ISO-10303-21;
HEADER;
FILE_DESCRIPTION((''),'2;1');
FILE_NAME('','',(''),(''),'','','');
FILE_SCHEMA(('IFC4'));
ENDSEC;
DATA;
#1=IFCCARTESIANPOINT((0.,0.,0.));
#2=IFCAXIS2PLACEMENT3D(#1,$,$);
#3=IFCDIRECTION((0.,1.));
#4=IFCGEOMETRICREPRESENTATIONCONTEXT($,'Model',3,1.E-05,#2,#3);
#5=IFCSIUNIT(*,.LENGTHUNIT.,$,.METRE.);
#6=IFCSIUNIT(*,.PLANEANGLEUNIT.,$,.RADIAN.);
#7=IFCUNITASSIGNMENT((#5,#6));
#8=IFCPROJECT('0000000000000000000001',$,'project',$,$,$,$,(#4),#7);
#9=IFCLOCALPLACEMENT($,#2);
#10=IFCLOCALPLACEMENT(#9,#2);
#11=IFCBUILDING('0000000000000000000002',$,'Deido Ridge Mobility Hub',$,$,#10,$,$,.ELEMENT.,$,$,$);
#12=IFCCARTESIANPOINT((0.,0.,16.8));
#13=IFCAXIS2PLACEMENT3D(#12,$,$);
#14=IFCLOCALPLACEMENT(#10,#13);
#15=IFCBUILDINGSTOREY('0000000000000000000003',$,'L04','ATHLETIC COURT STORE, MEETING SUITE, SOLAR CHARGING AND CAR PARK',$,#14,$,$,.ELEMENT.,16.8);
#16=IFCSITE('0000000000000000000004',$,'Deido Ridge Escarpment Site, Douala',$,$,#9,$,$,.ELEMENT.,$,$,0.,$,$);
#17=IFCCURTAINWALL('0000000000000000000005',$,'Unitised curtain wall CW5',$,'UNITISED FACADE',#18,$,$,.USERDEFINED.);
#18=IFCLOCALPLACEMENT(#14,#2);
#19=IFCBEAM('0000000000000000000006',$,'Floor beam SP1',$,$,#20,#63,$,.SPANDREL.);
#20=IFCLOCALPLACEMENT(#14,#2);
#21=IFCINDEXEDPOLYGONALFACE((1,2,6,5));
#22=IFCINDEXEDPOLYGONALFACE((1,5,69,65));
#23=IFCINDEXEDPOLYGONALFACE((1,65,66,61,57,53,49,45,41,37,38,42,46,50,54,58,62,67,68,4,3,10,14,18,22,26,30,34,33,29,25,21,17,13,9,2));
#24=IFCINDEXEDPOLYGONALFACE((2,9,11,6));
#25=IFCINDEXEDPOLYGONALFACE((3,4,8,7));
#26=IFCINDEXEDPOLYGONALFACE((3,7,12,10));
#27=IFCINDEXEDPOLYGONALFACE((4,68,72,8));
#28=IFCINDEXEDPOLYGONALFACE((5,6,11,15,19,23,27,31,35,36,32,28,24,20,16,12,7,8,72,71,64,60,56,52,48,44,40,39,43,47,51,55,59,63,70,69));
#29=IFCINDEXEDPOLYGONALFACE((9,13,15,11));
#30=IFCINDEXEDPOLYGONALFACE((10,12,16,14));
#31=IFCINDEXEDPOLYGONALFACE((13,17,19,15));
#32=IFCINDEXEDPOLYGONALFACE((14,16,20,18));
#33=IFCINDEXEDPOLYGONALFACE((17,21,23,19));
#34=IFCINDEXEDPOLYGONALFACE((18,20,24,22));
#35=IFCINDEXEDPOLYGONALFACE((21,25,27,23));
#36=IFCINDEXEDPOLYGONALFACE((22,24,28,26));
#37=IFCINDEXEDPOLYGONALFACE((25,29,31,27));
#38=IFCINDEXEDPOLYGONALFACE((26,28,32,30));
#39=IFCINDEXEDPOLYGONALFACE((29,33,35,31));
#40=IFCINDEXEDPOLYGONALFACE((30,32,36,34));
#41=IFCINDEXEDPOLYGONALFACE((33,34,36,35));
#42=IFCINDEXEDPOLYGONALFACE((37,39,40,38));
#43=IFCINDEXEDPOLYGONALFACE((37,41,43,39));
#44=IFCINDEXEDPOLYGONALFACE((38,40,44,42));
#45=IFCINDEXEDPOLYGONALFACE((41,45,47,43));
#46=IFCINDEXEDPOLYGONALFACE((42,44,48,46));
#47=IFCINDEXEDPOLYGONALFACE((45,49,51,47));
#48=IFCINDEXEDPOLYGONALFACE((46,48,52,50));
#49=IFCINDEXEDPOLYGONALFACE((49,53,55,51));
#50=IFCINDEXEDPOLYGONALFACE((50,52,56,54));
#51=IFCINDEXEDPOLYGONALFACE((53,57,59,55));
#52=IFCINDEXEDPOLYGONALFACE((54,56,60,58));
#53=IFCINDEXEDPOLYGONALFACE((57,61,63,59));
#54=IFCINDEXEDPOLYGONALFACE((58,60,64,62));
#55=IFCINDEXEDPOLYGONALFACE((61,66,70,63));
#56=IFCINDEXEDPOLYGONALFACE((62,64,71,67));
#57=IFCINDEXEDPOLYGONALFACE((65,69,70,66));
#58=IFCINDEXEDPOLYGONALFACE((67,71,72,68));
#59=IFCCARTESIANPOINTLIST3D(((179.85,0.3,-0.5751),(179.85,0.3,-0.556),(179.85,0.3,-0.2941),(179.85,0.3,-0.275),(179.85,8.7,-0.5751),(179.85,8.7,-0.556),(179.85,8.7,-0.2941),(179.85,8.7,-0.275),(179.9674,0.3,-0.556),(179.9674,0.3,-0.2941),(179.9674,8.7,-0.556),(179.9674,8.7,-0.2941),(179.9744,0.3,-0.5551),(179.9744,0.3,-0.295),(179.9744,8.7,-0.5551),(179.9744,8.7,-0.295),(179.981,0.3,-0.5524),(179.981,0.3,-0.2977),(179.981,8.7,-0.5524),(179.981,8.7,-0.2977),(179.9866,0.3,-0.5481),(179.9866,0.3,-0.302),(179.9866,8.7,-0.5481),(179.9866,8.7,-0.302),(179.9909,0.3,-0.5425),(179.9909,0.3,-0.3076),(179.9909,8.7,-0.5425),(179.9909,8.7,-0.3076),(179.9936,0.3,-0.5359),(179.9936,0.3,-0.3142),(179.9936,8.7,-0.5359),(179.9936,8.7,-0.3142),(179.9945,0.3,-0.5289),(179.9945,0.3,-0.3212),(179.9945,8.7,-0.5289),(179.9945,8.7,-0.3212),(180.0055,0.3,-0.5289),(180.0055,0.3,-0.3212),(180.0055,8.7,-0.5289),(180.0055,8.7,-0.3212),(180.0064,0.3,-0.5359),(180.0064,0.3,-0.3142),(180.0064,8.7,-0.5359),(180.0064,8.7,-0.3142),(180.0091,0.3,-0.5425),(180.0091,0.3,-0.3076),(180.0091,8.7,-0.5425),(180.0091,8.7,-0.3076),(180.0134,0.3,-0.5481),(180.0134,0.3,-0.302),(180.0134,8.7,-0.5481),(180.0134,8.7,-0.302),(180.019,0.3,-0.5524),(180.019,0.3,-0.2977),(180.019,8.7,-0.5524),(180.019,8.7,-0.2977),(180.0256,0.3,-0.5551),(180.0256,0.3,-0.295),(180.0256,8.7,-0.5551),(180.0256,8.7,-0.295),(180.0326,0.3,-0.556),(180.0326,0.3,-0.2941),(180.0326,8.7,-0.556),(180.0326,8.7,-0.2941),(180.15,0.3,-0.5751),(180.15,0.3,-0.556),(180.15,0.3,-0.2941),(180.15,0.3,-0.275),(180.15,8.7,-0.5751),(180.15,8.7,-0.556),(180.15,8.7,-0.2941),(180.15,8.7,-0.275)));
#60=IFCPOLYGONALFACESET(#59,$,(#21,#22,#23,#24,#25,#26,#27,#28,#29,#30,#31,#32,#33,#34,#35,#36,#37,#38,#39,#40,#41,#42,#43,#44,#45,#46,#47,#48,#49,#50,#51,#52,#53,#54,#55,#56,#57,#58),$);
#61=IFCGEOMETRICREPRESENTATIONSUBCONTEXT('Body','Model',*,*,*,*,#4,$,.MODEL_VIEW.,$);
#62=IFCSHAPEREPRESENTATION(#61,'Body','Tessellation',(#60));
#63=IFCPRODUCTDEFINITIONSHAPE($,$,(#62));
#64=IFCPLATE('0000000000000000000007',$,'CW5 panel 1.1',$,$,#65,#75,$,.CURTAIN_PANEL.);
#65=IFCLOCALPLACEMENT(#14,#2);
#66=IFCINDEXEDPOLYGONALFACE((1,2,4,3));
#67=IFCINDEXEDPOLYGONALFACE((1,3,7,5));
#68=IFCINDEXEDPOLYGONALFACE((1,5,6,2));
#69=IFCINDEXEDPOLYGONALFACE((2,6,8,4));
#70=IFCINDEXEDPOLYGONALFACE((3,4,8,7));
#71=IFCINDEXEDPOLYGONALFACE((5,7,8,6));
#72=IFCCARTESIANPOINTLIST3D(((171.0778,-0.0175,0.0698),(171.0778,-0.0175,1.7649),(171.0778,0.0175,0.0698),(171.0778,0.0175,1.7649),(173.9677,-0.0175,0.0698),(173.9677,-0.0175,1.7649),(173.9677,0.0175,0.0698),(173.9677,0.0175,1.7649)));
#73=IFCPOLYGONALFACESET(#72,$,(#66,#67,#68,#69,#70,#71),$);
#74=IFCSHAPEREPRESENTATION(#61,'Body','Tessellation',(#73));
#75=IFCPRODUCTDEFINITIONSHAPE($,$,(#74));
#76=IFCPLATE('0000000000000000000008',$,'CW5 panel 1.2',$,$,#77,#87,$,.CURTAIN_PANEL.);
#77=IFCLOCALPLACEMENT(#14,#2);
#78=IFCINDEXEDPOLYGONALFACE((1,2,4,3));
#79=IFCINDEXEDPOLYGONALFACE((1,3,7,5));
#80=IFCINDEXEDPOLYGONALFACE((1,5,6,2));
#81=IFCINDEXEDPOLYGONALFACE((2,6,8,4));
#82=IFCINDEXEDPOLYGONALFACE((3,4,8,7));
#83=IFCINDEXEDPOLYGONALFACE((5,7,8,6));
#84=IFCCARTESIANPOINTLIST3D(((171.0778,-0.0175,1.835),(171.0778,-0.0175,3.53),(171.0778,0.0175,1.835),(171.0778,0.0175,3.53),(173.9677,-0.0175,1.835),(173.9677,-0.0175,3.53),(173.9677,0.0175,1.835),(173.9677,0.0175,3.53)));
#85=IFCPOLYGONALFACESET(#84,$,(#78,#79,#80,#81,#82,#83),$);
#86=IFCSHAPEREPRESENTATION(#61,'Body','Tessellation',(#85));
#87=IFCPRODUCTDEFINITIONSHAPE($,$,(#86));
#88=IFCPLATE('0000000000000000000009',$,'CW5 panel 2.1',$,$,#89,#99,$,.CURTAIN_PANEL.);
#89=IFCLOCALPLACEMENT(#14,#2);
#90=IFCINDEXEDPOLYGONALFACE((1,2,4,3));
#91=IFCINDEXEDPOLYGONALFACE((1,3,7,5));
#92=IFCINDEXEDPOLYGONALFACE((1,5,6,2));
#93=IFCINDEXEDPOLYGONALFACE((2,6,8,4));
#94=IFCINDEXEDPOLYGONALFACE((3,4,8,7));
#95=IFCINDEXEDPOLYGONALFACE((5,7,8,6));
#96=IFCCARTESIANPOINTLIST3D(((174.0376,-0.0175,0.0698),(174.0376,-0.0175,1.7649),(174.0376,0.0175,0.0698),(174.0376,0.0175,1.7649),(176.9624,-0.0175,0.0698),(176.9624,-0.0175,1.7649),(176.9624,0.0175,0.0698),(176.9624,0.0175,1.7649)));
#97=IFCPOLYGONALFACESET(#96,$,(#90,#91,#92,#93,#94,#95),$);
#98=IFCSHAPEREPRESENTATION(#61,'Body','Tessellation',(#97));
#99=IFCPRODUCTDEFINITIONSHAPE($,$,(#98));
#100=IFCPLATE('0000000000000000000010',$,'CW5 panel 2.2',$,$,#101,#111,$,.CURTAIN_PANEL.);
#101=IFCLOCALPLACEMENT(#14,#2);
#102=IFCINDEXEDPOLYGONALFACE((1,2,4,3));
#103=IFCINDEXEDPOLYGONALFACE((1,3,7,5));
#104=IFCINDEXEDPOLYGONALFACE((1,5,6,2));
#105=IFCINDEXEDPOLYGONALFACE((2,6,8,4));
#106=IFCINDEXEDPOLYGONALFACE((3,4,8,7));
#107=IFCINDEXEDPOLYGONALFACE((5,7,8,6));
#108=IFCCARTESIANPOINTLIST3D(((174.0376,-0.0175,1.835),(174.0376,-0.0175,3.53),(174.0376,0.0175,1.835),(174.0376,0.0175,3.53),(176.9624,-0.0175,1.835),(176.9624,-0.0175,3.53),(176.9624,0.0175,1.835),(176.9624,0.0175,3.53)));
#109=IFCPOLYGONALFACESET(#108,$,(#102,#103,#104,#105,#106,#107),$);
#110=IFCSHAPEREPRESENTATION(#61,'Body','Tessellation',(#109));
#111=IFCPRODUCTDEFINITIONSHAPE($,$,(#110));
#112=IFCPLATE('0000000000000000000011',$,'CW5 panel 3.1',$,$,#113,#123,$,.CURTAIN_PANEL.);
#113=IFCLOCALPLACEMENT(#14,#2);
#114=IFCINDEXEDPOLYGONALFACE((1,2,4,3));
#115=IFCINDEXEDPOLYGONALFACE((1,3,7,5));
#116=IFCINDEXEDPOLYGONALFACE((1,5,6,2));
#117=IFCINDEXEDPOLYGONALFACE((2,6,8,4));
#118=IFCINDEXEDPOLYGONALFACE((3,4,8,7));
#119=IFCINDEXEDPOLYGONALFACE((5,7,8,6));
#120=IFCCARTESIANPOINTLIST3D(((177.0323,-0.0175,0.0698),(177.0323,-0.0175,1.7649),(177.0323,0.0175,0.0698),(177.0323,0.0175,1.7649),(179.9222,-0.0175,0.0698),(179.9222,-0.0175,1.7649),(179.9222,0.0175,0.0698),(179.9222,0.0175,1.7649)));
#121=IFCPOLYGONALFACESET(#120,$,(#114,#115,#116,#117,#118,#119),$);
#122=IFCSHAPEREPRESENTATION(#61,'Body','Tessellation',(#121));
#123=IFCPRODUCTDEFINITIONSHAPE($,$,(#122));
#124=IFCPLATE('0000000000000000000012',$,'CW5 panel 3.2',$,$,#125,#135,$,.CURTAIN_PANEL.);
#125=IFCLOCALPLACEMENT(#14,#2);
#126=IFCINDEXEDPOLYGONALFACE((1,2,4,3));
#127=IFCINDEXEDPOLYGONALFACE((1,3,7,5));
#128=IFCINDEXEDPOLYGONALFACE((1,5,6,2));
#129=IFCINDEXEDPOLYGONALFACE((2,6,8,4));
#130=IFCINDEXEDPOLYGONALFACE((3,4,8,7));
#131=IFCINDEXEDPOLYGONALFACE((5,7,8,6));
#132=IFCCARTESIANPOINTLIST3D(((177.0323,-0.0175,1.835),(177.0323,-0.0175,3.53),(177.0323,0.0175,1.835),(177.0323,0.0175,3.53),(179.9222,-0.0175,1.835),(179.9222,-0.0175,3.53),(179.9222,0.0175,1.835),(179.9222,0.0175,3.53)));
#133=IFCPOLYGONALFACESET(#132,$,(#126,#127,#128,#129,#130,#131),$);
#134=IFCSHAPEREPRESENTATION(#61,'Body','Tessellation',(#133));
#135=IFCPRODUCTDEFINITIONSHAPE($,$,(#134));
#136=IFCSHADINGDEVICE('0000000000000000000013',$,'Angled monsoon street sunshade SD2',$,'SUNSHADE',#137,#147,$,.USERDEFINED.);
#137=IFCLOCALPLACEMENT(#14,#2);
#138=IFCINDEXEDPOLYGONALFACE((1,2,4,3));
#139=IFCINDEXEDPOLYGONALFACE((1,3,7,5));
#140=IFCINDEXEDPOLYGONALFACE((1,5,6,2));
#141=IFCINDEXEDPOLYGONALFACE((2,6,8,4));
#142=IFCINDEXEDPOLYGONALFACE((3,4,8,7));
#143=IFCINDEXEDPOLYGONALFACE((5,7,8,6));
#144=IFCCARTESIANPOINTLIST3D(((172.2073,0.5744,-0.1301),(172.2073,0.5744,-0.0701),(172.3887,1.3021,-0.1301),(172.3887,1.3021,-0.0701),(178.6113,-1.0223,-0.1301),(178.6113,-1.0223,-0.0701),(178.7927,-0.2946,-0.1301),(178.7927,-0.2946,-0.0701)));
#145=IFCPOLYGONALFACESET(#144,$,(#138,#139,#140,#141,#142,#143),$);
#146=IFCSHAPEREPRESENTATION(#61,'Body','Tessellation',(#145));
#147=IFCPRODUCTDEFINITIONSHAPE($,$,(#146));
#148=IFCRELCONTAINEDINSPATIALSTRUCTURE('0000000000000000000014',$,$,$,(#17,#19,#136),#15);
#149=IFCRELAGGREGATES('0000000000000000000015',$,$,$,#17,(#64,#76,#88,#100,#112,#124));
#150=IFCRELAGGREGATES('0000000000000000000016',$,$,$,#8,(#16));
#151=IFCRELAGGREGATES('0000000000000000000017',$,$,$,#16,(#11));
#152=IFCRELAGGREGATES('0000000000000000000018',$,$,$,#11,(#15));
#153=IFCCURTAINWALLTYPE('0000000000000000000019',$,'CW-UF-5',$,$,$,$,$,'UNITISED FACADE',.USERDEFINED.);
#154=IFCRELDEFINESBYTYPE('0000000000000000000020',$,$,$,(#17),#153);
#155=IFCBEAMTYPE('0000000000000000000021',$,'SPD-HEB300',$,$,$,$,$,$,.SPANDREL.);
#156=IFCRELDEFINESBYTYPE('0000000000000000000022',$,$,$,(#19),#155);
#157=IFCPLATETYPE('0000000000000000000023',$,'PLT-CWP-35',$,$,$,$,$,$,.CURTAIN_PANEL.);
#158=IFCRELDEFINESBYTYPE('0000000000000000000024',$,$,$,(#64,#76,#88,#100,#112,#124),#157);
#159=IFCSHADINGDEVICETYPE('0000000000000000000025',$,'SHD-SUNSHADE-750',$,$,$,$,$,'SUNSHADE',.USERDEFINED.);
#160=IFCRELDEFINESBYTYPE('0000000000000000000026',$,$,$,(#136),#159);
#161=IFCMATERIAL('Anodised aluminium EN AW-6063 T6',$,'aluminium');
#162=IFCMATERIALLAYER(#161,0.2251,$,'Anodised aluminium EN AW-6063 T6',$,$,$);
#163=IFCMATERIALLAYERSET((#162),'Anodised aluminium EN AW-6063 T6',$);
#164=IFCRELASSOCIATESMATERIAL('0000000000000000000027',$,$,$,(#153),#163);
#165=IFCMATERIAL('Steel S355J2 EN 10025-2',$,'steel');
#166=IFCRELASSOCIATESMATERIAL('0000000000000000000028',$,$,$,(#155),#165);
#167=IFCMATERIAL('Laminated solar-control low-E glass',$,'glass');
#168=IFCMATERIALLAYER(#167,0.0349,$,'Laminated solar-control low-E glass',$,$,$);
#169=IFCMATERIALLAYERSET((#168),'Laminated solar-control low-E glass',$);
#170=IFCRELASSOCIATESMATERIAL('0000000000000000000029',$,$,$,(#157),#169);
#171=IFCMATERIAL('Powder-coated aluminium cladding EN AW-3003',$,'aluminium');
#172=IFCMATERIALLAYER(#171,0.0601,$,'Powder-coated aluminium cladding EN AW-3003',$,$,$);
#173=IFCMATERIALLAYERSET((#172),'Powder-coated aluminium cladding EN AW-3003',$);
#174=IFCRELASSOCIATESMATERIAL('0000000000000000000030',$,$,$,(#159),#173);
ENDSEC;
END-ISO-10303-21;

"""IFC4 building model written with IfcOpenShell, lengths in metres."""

from ifc_helpers import new_model, si_unit, direction, frame, origin, origin_2d, place, context, subcontext, project, spatial, rectangle, i_section, extrude, material, layer, layer_set, material_profile, profile_set, type_object, element, aggregate, save


model = new_model("IFC4")

# Units and contexts
model_context = context("Model", 3, precision=1e-05, world=origin(), true_north=direction((0.0, 1.0)))
body_context = subcontext(model_context, "Body", "Model", "MODEL_VIEW")
ifc_project = project(units=[si_unit("LENGTHUNIT", "METRE"), si_unit("PLANEANGLEUNIT", "RADIAN")], contexts=[model_context])

# Site, building, storey
site_placement = place(None, origin())
site = spatial("IfcSite", under=ifc_project, at=site_placement, Name="Deido Ridge Escarpment Site, Douala", CompositionType="ELEMENT", RefElevation=0.0)
building_placement = place(site_placement, origin())
building = spatial("IfcBuilding", under=site, at=building_placement, Name="Deido Ridge Mobility Hub", CompositionType="ELEMENT")
storey_placement = place(building_placement, frame((0.0, 0.0, 16.8)))
storey = spatial("IfcBuildingStorey", under=building, at=storey_placement, Name="L04", Description="ATHLETIC COURT STORE, MEETING SUITE, SOLAR CHARGING AND CAR PARK", CompositionType="ELEMENT", Elevation=16.8)

# Shared definitions
ifc_material_1 = material(Name="Steel S355J2 EN 10025-2", Category="steel")

# Curtain wall
ifc_material_2 = material(Name="Anodised aluminium EN AW-6063 T6", Category="aluminium")
ifc_layer_1 = layer(ifc_material_2, 0.2251, Name="Anodised aluminium EN AW-6063 T6")
ifc_layer_set_1 = layer_set([ifc_layer_1], Name="Anodised aluminium EN AW-6063 T6")
curtain_wall_type_1 = type_object("IfcCurtainWallType", Name="CW-UF-5", ElementType="UNITISED FACADE", PredefinedType="USERDEFINED", material=ifc_layer_set_1)
curtain_wall_1_placement = place(storey_placement, origin())
curtain_wall_1 = element("IfcCurtainWall", 1, at=curtain_wall_1_placement, inside=storey, type_object=curtain_wall_type_1, Name="Unitised curtain wall CW5", ObjectType="UNITISED FACADE", PredefinedType="USERDEFINED")

# Beam
ifc_material_profile_1 = material_profile(ifc_material_1, i_section(OverallWidth=0.3, OverallDepth=0.3, WebThickness=0.011, FlangeThickness=0.019, FilletRadius=0.0271, at=origin_2d()), Name="HEB 300")
ifc_profile_set_1 = profile_set([ifc_material_profile_1], Name="Steel S355J2 EN 10025-2")
beam_type = type_object("IfcBeamType", Name="SPD-HEB300", PredefinedType="SPANDREL", material=ifc_profile_set_1)
beam_placement = place(storey_placement, frame((180.0, 0.3, -0.425), z_axis=(0.0, 1.0, 0.0), x_axis=(-1.0, 0.0, 0.0)))
element("IfcBeam", 2, at=beam_placement, inside=storey, type_object=beam_type, Name="Floor beam SP1", PredefinedType="SPANDREL", context=body_context, shape_type="SweptSolid", body=[
    extrude(i_section(OverallWidth=0.3, OverallDepth=0.3, WebThickness=0.011, FlangeThickness=0.019, FilletRadius=0.0271, at=origin_2d()), origin(), (0.0, 0.0, 1.0), 8.3999),
])

# Plates
ifc_material_3 = material(Name="Laminated solar-control low-E glass", Category="glass")
ifc_layer_2 = layer(ifc_material_3, 0.0349, Name="Laminated solar-control low-E glass")
ifc_layer_set_2 = layer_set([ifc_layer_2], Name="Laminated solar-control low-E glass")
plate_type = type_object("IfcPlateType", Name="PLT-CWP-35", PredefinedType="CURTAIN_PANEL", material=ifc_layer_set_2)
plate_1_placement = place(storey_placement, frame((172.5227, 0.0, 0.0698), z_axis=(0.0, 0.0, 1.0), x_axis=(1.0, 0.0, 0.0)))
plate_1 = element("IfcPlate", 3, at=plate_1_placement, type_object=plate_type, Name="CW5 panel 1.1", PredefinedType="CURTAIN_PANEL", context=body_context, shape_type="SweptSolid", body=[
    extrude(rectangle(XDim=2.8899, YDim=0.0349, at=origin_2d()), origin(), (0.0, 0.0, 1.0), 1.6951),
])
plate_2_placement = place(storey_placement, frame((172.5227, 0.0, 1.835), z_axis=(0.0, 0.0, 1.0), x_axis=(1.0, 0.0, 0.0)))
plate_2 = element("IfcPlate", 4, at=plate_2_placement, type_object=plate_type, Name="CW5 panel 1.2", PredefinedType="CURTAIN_PANEL", context=body_context, shape_type="SweptSolid", body=[
    extrude(rectangle(XDim=2.8899, YDim=0.0349, at=origin_2d()), origin(), (0.0, 0.0, 1.0), 1.6951),
])
plate_3_placement = place(storey_placement, frame((175.5, 0.0, 0.0698), z_axis=(0.0, 0.0, 1.0), x_axis=(1.0, 0.0, 0.0)))
plate_3 = element("IfcPlate", 5, at=plate_3_placement, type_object=plate_type, Name="CW5 panel 2.1", PredefinedType="CURTAIN_PANEL", context=body_context, shape_type="SweptSolid", body=[
    extrude(rectangle(XDim=2.9248, YDim=0.0349, at=origin_2d()), origin(), (0.0, 0.0, 1.0), 1.6951),
])
plate_4_placement = place(storey_placement, frame((175.5, 0.0, 1.835), z_axis=(0.0, 0.0, 1.0), x_axis=(1.0, 0.0, 0.0)))
plate_4 = element("IfcPlate", 6, at=plate_4_placement, type_object=plate_type, Name="CW5 panel 2.2", PredefinedType="CURTAIN_PANEL", context=body_context, shape_type="SweptSolid", body=[
    extrude(rectangle(XDim=2.9248, YDim=0.0349, at=origin_2d()), origin(), (0.0, 0.0, 1.0), 1.6951),
])
plate_5_placement = place(storey_placement, frame((178.4773, 0.0, 0.0698), z_axis=(0.0, 0.0, 1.0), x_axis=(1.0, 0.0, 0.0)))
plate_5 = element("IfcPlate", 7, at=plate_5_placement, type_object=plate_type, Name="CW5 panel 3.1", PredefinedType="CURTAIN_PANEL", context=body_context, shape_type="SweptSolid", body=[
    extrude(rectangle(XDim=2.8899, YDim=0.0349, at=origin_2d()), origin(), (0.0, 0.0, 1.0), 1.6951),
])
plate_6_placement = place(storey_placement, frame((178.4773, 0.0, 1.835), z_axis=(0.0, 0.0, 1.0), x_axis=(1.0, 0.0, 0.0)))
plate_6 = element("IfcPlate", 8, at=plate_6_placement, type_object=plate_type, Name="CW5 panel 3.2", PredefinedType="CURTAIN_PANEL", context=body_context, shape_type="SweptSolid", body=[
    extrude(rectangle(XDim=2.8899, YDim=0.0349, at=origin_2d()), origin(), (0.0, 0.0, 1.0), 1.6951),
])
aggregate(curtain_wall_1, [plate_1, plate_2, plate_3, plate_4, plate_5, plate_6])

# Shading device
ifc_material_4 = material(Name="Powder-coated aluminium cladding EN AW-3003", Category="aluminium")
ifc_layer_3 = layer(ifc_material_4, 0.0601, Name="Powder-coated aluminium cladding EN AW-3003")
ifc_layer_set_3 = layer_set([ifc_layer_3], Name="Powder-coated aluminium cladding EN AW-3003")
shading_device_type = type_object("IfcShadingDeviceType", Name="SHD-SUNSHADE-750", ElementType="SUNSHADE", PredefinedType="USERDEFINED", material=ifc_layer_set_3)
shading_device_placement = place(storey_placement, frame((175.5, 0.1399, -0.1301), z_axis=(0.0, 0.0, 1.0), x_axis=(0.970296, -0.241922, 0.0)))
element("IfcShadingDevice", 9, at=shading_device_placement, inside=storey, type_object=shading_device_type, Name="Angled monsoon street sunshade SD2", ObjectType="SUNSHADE", PredefinedType="USERDEFINED", context=body_context, shape_type="SweptSolid", body=[
    extrude(rectangle(XDim=6.6001, YDim=0.75, at=origin_2d()), origin(), (0.0, 0.0, 1.0), 0.0601),
])

save(model, "model.ifc")
